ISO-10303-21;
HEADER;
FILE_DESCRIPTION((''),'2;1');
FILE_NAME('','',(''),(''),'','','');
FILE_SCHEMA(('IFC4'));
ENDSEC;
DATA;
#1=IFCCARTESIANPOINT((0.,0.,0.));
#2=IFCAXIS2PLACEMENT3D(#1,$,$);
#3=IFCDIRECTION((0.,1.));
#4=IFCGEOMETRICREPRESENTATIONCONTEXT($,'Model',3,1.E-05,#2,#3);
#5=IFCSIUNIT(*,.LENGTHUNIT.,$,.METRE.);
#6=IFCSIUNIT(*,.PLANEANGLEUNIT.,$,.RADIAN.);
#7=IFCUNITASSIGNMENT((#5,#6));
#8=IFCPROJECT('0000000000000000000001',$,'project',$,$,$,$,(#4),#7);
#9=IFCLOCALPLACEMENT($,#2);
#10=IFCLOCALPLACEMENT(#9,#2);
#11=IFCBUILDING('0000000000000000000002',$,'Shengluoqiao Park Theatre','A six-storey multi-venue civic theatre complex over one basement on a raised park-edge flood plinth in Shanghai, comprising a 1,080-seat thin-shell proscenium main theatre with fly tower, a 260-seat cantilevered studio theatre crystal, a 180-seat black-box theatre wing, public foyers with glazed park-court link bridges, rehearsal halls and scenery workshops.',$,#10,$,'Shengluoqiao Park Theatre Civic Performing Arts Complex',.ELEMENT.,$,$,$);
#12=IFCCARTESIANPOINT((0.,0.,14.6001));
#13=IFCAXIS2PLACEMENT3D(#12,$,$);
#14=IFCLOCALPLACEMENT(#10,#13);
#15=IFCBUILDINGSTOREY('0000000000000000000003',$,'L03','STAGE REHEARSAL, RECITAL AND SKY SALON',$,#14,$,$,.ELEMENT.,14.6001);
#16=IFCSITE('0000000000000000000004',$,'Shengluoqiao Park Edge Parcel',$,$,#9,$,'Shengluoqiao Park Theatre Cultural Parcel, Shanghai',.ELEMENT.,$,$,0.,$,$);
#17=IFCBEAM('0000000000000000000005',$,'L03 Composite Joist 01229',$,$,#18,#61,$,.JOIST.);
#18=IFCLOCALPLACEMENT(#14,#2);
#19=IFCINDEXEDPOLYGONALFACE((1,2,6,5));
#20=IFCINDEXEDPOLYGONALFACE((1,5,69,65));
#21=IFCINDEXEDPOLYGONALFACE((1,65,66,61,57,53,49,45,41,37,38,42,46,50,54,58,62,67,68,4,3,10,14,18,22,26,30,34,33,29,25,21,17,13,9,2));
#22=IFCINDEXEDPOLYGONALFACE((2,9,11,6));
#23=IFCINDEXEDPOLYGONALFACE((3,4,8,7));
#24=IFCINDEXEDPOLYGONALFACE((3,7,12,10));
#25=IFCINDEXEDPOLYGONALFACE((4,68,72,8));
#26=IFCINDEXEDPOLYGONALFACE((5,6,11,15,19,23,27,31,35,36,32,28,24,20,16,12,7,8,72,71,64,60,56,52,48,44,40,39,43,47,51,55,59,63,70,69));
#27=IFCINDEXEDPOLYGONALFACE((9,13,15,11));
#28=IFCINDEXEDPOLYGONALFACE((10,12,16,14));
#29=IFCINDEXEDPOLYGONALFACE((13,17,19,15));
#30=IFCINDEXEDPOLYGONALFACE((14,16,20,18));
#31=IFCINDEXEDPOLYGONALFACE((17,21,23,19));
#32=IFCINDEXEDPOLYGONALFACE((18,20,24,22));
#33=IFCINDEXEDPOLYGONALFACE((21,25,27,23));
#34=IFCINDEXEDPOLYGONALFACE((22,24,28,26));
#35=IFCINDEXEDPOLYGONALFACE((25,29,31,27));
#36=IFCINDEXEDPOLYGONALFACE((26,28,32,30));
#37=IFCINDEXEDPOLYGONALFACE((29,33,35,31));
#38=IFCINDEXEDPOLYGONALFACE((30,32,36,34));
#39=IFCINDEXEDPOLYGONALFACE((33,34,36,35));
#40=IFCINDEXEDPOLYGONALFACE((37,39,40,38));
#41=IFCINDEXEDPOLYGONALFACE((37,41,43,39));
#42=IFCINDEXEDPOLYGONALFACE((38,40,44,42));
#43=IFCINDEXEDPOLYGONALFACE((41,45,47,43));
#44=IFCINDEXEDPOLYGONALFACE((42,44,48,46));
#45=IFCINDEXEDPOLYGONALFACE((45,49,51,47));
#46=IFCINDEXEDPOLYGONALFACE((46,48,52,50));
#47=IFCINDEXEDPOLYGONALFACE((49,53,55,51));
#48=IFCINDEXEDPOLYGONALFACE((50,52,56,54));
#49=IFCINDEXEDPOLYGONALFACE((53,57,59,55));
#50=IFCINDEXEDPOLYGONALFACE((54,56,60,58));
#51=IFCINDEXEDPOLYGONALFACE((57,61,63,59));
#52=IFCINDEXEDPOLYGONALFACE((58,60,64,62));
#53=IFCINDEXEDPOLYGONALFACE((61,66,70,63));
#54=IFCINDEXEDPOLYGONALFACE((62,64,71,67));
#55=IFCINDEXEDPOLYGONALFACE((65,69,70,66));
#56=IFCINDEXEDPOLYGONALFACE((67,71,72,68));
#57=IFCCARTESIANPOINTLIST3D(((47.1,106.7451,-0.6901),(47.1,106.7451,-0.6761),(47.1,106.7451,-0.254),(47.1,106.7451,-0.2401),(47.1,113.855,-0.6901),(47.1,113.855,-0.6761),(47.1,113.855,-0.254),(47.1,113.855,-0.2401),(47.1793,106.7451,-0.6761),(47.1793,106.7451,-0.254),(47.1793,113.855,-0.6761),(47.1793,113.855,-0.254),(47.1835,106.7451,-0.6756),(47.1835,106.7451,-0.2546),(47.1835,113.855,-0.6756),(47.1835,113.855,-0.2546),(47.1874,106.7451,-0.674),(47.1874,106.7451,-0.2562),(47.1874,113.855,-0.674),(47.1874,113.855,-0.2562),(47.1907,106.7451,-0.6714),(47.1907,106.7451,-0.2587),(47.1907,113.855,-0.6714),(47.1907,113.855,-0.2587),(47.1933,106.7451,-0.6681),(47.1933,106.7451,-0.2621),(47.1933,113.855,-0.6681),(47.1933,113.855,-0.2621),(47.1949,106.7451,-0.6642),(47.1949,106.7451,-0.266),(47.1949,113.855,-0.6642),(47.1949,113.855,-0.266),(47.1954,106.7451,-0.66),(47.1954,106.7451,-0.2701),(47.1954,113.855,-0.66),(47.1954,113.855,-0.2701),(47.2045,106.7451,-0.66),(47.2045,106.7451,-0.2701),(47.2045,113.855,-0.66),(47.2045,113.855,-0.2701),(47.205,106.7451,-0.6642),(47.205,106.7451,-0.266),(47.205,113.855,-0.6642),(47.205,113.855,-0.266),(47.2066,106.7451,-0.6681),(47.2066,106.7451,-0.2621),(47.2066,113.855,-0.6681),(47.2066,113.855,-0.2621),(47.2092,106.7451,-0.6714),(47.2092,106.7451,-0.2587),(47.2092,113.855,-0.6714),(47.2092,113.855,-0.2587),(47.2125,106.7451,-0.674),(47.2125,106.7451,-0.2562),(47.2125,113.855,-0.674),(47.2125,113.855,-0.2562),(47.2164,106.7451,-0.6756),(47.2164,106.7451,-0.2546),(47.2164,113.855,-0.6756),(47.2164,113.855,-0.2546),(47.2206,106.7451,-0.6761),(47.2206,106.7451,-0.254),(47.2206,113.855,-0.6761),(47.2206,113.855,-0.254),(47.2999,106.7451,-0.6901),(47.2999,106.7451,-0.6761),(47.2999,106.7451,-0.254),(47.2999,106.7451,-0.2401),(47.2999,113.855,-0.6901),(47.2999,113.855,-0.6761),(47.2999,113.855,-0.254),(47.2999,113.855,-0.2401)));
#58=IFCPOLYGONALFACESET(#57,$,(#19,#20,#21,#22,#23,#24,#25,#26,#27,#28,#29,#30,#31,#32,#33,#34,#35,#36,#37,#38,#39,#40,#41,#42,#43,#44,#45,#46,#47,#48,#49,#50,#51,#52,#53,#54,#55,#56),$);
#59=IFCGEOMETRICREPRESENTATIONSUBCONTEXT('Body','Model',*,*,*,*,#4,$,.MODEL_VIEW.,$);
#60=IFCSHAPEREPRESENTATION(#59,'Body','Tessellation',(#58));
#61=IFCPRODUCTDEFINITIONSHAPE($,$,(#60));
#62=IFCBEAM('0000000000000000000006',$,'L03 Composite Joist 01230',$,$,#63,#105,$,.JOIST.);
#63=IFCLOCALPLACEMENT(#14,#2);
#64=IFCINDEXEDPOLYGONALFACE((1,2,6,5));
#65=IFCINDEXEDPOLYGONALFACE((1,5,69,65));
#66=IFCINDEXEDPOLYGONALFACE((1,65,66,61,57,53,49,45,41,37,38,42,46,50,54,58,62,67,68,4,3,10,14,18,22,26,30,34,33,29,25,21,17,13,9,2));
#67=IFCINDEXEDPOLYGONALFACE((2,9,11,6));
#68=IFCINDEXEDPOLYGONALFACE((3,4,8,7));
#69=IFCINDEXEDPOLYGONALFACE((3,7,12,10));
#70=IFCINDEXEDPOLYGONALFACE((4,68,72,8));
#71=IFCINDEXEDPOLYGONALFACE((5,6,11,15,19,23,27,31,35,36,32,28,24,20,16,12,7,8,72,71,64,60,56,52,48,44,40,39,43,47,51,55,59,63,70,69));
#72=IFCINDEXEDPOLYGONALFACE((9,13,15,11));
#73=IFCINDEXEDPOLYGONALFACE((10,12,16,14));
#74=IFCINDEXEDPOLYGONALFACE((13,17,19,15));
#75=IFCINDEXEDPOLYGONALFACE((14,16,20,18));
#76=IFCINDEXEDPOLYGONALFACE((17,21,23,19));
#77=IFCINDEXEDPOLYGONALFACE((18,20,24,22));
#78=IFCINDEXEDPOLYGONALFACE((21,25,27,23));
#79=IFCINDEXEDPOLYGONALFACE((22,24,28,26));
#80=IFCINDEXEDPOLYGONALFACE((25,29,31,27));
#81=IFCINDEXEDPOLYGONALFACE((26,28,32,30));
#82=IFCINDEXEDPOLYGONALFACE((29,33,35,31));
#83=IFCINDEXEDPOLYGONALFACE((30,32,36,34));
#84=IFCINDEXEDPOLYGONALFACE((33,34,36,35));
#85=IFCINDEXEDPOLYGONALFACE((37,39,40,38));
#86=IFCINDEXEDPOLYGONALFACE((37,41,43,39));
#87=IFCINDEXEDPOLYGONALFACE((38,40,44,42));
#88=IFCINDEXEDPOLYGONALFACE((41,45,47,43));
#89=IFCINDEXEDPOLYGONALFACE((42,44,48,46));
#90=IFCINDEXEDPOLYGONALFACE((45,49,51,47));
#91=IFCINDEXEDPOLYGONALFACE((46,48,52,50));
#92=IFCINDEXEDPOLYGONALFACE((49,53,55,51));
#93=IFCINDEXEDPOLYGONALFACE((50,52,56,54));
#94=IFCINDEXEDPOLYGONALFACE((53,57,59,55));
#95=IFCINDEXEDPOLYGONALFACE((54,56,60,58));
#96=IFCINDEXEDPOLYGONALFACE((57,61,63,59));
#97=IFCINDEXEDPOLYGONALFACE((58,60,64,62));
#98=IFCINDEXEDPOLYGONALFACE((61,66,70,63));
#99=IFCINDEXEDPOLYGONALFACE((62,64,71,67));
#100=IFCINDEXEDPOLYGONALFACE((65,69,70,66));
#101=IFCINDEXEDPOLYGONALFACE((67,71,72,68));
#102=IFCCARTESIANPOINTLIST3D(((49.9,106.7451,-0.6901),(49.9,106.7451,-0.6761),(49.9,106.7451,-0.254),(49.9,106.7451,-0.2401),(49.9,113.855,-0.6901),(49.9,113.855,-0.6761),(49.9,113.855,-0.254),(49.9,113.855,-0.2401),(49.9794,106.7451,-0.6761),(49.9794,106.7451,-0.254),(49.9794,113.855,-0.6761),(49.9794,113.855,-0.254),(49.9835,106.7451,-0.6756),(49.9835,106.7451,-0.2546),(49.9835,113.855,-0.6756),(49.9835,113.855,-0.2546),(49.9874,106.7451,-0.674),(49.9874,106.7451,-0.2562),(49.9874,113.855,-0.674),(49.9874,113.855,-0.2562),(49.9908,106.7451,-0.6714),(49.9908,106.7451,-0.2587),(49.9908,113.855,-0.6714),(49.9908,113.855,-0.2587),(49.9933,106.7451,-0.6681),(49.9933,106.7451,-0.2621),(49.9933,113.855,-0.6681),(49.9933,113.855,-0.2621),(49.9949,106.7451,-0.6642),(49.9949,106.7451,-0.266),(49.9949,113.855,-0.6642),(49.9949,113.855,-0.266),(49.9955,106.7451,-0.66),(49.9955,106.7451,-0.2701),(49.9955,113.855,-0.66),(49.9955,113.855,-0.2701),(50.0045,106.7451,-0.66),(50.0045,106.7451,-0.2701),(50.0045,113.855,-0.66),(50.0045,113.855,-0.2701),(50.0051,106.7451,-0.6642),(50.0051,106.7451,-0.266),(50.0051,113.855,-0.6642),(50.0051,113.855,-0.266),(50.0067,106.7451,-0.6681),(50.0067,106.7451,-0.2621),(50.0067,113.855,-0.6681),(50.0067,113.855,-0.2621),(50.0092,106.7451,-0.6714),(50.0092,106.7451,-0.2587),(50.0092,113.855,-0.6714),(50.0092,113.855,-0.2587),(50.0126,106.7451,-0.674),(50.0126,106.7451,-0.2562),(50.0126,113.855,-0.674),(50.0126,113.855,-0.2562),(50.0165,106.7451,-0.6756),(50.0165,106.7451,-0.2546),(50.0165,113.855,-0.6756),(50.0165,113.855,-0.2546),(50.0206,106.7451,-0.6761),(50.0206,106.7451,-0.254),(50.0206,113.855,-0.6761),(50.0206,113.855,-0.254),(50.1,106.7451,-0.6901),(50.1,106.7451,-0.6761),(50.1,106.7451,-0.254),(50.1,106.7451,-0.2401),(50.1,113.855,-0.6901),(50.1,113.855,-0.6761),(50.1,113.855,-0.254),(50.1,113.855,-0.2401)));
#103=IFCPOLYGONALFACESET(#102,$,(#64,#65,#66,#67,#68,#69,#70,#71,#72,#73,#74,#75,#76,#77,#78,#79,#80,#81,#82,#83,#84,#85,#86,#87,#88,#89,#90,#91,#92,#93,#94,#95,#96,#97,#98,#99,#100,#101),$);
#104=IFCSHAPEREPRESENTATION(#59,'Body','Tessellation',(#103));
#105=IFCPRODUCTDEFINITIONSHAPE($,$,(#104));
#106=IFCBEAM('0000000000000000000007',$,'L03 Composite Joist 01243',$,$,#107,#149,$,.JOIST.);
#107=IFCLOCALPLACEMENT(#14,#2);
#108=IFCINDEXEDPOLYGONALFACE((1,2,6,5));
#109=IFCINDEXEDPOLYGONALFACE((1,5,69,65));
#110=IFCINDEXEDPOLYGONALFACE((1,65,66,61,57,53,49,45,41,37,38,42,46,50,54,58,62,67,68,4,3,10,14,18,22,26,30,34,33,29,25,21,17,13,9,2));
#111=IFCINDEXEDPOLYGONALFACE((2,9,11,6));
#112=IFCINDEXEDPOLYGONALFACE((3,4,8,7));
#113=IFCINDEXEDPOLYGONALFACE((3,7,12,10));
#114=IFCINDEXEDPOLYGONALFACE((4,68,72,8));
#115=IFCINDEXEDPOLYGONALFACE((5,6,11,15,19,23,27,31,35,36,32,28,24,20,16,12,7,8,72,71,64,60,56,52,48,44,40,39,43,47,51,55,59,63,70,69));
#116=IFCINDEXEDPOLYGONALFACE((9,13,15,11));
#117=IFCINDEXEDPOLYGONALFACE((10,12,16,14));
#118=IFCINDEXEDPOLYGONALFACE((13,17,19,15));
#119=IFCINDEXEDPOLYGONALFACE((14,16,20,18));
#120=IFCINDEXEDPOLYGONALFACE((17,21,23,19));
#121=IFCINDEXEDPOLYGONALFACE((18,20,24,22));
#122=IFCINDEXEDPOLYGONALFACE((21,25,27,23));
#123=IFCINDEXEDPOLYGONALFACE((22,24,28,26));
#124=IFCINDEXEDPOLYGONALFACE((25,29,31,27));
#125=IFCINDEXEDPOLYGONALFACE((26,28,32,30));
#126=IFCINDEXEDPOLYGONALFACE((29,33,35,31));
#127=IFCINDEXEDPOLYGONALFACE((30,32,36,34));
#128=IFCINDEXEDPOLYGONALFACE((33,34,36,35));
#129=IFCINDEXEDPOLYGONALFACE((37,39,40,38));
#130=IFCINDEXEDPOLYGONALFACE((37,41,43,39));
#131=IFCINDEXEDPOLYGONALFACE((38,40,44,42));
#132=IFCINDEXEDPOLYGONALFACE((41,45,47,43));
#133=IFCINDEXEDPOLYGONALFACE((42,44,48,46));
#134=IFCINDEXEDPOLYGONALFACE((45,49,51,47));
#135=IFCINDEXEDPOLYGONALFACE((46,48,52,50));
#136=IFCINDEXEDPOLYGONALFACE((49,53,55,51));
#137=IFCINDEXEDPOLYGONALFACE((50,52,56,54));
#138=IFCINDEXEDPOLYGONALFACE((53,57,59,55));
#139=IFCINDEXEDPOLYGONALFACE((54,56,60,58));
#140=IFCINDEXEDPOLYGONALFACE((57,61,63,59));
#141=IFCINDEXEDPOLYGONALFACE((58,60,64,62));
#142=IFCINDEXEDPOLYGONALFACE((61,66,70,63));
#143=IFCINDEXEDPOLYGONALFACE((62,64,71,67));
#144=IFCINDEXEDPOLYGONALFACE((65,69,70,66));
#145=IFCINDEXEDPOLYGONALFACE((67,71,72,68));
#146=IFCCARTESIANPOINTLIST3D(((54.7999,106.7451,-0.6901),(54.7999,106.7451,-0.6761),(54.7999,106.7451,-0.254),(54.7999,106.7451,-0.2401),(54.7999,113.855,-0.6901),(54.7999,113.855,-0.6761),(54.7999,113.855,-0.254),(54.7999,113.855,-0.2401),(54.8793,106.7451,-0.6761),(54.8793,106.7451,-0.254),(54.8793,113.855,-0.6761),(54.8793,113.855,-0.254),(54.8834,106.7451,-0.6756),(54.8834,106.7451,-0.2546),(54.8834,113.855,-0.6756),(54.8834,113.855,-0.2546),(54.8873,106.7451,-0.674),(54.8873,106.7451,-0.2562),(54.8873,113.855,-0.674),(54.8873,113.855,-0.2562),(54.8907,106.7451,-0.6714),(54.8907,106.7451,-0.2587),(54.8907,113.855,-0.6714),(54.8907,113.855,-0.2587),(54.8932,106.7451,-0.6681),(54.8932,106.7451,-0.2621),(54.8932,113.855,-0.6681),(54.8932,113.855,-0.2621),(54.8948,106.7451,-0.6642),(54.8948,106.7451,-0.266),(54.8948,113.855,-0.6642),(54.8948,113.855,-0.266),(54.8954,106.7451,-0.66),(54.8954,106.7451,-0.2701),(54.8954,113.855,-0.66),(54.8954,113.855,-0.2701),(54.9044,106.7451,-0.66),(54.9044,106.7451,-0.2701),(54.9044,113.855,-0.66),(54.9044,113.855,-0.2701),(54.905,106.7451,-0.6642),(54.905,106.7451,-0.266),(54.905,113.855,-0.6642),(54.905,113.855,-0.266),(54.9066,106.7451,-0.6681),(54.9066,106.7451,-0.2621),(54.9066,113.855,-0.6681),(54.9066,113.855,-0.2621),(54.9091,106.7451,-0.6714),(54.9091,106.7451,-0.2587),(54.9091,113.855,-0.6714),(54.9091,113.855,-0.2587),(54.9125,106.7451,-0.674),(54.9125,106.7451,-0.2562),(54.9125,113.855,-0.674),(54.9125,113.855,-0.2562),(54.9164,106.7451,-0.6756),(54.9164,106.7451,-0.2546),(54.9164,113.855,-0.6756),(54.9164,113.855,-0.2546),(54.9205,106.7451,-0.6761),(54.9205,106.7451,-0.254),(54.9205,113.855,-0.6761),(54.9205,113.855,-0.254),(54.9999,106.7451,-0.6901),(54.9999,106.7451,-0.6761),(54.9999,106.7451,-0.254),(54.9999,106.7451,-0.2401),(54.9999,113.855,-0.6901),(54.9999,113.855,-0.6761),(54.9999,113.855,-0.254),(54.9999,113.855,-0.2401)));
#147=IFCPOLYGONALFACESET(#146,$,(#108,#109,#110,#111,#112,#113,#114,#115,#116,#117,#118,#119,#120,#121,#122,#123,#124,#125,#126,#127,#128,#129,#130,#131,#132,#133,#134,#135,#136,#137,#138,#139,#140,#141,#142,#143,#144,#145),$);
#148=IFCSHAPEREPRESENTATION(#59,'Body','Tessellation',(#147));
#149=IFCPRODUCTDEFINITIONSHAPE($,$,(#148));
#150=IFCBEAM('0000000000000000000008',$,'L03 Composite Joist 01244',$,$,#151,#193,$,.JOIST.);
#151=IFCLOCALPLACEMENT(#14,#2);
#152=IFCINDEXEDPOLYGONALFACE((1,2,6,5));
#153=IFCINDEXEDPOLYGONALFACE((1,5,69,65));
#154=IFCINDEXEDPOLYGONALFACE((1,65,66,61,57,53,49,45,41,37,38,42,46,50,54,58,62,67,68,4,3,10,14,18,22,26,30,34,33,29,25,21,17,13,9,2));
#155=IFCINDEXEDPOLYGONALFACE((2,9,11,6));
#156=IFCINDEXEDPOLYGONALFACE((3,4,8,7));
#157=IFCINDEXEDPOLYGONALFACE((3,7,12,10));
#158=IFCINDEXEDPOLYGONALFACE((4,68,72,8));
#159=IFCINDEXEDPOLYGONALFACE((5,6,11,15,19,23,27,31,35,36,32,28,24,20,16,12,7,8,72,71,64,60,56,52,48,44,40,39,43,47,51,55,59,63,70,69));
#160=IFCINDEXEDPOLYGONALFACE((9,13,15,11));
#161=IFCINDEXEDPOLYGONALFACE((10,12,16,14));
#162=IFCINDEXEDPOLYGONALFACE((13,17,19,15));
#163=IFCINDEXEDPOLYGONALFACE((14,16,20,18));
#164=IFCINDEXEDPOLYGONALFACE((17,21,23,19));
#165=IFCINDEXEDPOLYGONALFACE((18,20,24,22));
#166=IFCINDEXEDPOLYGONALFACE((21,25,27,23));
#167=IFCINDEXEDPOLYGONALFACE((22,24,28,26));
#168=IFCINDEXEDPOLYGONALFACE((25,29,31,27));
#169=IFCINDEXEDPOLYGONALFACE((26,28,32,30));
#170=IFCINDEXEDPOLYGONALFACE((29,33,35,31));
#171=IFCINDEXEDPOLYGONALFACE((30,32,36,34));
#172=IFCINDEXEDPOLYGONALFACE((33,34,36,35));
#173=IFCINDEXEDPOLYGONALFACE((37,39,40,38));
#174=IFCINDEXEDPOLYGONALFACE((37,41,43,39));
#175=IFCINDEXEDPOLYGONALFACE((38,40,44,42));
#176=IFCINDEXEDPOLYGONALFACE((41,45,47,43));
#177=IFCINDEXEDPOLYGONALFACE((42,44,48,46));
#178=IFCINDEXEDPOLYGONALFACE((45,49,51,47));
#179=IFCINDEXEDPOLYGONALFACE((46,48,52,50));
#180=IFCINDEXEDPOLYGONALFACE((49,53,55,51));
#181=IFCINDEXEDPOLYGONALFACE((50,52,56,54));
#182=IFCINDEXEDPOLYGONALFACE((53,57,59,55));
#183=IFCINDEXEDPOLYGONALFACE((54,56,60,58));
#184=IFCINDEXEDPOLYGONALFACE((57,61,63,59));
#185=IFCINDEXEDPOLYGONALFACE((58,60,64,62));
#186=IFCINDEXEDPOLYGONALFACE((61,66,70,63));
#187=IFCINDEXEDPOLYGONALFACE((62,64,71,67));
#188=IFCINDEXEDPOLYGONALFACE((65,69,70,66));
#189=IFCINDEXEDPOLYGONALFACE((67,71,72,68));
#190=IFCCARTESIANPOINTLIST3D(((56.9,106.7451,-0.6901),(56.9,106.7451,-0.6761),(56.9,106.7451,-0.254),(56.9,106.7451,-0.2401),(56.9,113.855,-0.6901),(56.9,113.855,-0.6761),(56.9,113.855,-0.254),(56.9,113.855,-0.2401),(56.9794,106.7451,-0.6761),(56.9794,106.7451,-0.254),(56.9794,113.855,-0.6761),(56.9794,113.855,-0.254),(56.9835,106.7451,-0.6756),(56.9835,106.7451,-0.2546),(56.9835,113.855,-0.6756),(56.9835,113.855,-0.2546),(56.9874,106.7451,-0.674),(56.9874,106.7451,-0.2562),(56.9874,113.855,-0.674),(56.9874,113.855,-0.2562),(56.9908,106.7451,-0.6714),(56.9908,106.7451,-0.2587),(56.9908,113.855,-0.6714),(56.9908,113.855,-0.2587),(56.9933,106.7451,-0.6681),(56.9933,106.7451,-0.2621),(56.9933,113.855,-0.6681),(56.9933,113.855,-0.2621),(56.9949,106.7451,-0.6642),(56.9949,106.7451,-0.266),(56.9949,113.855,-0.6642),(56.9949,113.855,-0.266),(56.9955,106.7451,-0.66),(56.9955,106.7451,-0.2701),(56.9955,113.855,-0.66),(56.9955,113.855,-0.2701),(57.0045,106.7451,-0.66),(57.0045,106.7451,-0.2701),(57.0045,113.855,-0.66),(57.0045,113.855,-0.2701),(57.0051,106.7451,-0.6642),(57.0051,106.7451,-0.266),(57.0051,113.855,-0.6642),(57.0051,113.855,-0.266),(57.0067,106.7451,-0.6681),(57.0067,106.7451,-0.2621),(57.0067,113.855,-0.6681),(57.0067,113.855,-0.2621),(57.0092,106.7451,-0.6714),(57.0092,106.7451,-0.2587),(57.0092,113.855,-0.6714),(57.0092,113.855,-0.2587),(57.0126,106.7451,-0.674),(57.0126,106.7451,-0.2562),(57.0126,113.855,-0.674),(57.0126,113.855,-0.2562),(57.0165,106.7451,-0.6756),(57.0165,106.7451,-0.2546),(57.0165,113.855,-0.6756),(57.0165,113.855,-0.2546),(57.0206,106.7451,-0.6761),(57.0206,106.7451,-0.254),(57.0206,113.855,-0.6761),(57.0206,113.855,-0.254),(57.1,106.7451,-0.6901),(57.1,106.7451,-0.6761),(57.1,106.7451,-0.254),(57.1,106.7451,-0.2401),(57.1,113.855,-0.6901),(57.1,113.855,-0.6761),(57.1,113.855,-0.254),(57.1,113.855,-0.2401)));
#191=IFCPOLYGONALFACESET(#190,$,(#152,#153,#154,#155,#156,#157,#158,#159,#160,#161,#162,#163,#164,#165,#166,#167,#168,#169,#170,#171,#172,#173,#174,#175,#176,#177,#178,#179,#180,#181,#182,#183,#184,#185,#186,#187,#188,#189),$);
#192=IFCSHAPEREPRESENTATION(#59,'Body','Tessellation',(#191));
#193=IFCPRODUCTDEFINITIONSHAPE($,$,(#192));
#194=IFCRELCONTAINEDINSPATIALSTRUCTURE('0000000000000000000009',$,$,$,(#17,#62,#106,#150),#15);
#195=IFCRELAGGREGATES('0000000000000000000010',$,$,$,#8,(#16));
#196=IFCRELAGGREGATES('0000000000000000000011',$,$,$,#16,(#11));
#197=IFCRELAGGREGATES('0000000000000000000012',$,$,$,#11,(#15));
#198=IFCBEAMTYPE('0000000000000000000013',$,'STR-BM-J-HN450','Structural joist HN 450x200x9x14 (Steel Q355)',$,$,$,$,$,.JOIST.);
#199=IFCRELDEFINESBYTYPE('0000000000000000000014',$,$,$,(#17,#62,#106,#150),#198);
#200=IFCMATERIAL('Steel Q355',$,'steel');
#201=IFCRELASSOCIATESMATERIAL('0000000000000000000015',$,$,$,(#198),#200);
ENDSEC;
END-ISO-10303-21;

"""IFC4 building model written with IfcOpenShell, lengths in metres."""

from ifc_helpers import new_model, si_unit, direction, frame, origin, origin_2d, place, context, subcontext, project, spatial, i_section, extrude, material, material_profile, profile_set, type_object, element, save


model = new_model("IFC4")

# Units and contexts
model_context = context("Model", 3, precision=1e-05, world=origin(), true_north=direction((0.0, 1.0)))
body_context = subcontext(model_context, "Body", "Model", "MODEL_VIEW")
ifc_project = project(units=[si_unit("LENGTHUNIT", "METRE"), si_unit("PLANEANGLEUNIT", "RADIAN")], contexts=[model_context])

# Site, building, storey
site_placement = place(None, origin())
site = spatial("IfcSite", under=ifc_project, at=site_placement, Name="Shengluoqiao Park Edge Parcel", LongName="Shengluoqiao Park Theatre Cultural Parcel, Shanghai", CompositionType="ELEMENT", RefElevation=0.0)
building_placement = place(site_placement, origin())
building = spatial("IfcBuilding", under=site, at=building_placement, Name="Shengluoqiao Park Theatre", Description="A six-storey multi-venue civic theatre complex over one basement on a raised park-edge flood plinth in Shanghai, comprising a 1,080-seat thin-shell proscenium main theatre with fly tower, a 260-seat cantilevered studio theatre crystal, a 180-seat black-box theatre wing, public foyers with glazed park-court link bridges, rehearsal halls and scenery workshops.", LongName="Shengluoqiao Park Theatre Civic Performing Arts Complex", CompositionType="ELEMENT")
storey_placement = place(building_placement, frame((0.0, 0.0, 14.6001)))
storey = spatial("IfcBuildingStorey", under=building, at=storey_placement, Name="L03", Description="STAGE REHEARSAL, RECITAL AND SKY SALON", CompositionType="ELEMENT", Elevation=14.6001)

# Beams
ifc_material_1 = material(Name="Steel Q355", Category="steel")
ifc_material_profile_1 = material_profile(ifc_material_1, i_section(OverallWidth=0.2, OverallDepth=0.45, WebThickness=0.009, FlangeThickness=0.0139, FilletRadius=0.0161, at=origin_2d()), Name="HN 450x200x9x14")
ifc_profile_set_1 = profile_set([ifc_material_profile_1], Name="Steel Q355")
beam_type_1 = type_object("IfcBeamType", Name="STR-BM-J-HN450", Description="Structural joist HN 450x200x9x14 (Steel Q355)", PredefinedType="JOIST", material=ifc_profile_set_1)
for number, where, z_axis, x_axis, name in (
    (1, (47.2, 106.7451, -0.4651), (0.0, 1.0, 0.0), (-1.0, 0.0, 0.0), "L03 Composite Joist 01229"),
    (2, (50.0, 106.7451, -0.4651), (0.0, 1.0, 0.0), (-1.0, 0.0, 0.0), "L03 Composite Joist 01230"),
    (3, (54.8999, 106.7451, -0.4651), (0.0, 1.0, 0.0), (-1.0, 0.0, 0.0), "L03 Composite Joist 01243"),
    (4, (57.0, 106.7451, -0.4651), (0.0, 1.0, 0.0), (-1.0, 0.0, 0.0), "L03 Composite Joist 01244"),
):
    element("IfcBeam", number, at=place(storey_placement, frame(where, z_axis=z_axis, x_axis=x_axis)), inside=storey, type_object=beam_type_1, Name=name, PredefinedType="JOIST", context=body_context, shape_type="SweptSolid", body=[
        extrude(i_section(OverallWidth=0.2, OverallDepth=0.45, WebThickness=0.009, FlangeThickness=0.0139, FilletRadius=0.0161, at=origin_2d()), origin(), (0.0, 0.0, 1.0), 7.1099),
    ])

save(model, "model.ifc")
